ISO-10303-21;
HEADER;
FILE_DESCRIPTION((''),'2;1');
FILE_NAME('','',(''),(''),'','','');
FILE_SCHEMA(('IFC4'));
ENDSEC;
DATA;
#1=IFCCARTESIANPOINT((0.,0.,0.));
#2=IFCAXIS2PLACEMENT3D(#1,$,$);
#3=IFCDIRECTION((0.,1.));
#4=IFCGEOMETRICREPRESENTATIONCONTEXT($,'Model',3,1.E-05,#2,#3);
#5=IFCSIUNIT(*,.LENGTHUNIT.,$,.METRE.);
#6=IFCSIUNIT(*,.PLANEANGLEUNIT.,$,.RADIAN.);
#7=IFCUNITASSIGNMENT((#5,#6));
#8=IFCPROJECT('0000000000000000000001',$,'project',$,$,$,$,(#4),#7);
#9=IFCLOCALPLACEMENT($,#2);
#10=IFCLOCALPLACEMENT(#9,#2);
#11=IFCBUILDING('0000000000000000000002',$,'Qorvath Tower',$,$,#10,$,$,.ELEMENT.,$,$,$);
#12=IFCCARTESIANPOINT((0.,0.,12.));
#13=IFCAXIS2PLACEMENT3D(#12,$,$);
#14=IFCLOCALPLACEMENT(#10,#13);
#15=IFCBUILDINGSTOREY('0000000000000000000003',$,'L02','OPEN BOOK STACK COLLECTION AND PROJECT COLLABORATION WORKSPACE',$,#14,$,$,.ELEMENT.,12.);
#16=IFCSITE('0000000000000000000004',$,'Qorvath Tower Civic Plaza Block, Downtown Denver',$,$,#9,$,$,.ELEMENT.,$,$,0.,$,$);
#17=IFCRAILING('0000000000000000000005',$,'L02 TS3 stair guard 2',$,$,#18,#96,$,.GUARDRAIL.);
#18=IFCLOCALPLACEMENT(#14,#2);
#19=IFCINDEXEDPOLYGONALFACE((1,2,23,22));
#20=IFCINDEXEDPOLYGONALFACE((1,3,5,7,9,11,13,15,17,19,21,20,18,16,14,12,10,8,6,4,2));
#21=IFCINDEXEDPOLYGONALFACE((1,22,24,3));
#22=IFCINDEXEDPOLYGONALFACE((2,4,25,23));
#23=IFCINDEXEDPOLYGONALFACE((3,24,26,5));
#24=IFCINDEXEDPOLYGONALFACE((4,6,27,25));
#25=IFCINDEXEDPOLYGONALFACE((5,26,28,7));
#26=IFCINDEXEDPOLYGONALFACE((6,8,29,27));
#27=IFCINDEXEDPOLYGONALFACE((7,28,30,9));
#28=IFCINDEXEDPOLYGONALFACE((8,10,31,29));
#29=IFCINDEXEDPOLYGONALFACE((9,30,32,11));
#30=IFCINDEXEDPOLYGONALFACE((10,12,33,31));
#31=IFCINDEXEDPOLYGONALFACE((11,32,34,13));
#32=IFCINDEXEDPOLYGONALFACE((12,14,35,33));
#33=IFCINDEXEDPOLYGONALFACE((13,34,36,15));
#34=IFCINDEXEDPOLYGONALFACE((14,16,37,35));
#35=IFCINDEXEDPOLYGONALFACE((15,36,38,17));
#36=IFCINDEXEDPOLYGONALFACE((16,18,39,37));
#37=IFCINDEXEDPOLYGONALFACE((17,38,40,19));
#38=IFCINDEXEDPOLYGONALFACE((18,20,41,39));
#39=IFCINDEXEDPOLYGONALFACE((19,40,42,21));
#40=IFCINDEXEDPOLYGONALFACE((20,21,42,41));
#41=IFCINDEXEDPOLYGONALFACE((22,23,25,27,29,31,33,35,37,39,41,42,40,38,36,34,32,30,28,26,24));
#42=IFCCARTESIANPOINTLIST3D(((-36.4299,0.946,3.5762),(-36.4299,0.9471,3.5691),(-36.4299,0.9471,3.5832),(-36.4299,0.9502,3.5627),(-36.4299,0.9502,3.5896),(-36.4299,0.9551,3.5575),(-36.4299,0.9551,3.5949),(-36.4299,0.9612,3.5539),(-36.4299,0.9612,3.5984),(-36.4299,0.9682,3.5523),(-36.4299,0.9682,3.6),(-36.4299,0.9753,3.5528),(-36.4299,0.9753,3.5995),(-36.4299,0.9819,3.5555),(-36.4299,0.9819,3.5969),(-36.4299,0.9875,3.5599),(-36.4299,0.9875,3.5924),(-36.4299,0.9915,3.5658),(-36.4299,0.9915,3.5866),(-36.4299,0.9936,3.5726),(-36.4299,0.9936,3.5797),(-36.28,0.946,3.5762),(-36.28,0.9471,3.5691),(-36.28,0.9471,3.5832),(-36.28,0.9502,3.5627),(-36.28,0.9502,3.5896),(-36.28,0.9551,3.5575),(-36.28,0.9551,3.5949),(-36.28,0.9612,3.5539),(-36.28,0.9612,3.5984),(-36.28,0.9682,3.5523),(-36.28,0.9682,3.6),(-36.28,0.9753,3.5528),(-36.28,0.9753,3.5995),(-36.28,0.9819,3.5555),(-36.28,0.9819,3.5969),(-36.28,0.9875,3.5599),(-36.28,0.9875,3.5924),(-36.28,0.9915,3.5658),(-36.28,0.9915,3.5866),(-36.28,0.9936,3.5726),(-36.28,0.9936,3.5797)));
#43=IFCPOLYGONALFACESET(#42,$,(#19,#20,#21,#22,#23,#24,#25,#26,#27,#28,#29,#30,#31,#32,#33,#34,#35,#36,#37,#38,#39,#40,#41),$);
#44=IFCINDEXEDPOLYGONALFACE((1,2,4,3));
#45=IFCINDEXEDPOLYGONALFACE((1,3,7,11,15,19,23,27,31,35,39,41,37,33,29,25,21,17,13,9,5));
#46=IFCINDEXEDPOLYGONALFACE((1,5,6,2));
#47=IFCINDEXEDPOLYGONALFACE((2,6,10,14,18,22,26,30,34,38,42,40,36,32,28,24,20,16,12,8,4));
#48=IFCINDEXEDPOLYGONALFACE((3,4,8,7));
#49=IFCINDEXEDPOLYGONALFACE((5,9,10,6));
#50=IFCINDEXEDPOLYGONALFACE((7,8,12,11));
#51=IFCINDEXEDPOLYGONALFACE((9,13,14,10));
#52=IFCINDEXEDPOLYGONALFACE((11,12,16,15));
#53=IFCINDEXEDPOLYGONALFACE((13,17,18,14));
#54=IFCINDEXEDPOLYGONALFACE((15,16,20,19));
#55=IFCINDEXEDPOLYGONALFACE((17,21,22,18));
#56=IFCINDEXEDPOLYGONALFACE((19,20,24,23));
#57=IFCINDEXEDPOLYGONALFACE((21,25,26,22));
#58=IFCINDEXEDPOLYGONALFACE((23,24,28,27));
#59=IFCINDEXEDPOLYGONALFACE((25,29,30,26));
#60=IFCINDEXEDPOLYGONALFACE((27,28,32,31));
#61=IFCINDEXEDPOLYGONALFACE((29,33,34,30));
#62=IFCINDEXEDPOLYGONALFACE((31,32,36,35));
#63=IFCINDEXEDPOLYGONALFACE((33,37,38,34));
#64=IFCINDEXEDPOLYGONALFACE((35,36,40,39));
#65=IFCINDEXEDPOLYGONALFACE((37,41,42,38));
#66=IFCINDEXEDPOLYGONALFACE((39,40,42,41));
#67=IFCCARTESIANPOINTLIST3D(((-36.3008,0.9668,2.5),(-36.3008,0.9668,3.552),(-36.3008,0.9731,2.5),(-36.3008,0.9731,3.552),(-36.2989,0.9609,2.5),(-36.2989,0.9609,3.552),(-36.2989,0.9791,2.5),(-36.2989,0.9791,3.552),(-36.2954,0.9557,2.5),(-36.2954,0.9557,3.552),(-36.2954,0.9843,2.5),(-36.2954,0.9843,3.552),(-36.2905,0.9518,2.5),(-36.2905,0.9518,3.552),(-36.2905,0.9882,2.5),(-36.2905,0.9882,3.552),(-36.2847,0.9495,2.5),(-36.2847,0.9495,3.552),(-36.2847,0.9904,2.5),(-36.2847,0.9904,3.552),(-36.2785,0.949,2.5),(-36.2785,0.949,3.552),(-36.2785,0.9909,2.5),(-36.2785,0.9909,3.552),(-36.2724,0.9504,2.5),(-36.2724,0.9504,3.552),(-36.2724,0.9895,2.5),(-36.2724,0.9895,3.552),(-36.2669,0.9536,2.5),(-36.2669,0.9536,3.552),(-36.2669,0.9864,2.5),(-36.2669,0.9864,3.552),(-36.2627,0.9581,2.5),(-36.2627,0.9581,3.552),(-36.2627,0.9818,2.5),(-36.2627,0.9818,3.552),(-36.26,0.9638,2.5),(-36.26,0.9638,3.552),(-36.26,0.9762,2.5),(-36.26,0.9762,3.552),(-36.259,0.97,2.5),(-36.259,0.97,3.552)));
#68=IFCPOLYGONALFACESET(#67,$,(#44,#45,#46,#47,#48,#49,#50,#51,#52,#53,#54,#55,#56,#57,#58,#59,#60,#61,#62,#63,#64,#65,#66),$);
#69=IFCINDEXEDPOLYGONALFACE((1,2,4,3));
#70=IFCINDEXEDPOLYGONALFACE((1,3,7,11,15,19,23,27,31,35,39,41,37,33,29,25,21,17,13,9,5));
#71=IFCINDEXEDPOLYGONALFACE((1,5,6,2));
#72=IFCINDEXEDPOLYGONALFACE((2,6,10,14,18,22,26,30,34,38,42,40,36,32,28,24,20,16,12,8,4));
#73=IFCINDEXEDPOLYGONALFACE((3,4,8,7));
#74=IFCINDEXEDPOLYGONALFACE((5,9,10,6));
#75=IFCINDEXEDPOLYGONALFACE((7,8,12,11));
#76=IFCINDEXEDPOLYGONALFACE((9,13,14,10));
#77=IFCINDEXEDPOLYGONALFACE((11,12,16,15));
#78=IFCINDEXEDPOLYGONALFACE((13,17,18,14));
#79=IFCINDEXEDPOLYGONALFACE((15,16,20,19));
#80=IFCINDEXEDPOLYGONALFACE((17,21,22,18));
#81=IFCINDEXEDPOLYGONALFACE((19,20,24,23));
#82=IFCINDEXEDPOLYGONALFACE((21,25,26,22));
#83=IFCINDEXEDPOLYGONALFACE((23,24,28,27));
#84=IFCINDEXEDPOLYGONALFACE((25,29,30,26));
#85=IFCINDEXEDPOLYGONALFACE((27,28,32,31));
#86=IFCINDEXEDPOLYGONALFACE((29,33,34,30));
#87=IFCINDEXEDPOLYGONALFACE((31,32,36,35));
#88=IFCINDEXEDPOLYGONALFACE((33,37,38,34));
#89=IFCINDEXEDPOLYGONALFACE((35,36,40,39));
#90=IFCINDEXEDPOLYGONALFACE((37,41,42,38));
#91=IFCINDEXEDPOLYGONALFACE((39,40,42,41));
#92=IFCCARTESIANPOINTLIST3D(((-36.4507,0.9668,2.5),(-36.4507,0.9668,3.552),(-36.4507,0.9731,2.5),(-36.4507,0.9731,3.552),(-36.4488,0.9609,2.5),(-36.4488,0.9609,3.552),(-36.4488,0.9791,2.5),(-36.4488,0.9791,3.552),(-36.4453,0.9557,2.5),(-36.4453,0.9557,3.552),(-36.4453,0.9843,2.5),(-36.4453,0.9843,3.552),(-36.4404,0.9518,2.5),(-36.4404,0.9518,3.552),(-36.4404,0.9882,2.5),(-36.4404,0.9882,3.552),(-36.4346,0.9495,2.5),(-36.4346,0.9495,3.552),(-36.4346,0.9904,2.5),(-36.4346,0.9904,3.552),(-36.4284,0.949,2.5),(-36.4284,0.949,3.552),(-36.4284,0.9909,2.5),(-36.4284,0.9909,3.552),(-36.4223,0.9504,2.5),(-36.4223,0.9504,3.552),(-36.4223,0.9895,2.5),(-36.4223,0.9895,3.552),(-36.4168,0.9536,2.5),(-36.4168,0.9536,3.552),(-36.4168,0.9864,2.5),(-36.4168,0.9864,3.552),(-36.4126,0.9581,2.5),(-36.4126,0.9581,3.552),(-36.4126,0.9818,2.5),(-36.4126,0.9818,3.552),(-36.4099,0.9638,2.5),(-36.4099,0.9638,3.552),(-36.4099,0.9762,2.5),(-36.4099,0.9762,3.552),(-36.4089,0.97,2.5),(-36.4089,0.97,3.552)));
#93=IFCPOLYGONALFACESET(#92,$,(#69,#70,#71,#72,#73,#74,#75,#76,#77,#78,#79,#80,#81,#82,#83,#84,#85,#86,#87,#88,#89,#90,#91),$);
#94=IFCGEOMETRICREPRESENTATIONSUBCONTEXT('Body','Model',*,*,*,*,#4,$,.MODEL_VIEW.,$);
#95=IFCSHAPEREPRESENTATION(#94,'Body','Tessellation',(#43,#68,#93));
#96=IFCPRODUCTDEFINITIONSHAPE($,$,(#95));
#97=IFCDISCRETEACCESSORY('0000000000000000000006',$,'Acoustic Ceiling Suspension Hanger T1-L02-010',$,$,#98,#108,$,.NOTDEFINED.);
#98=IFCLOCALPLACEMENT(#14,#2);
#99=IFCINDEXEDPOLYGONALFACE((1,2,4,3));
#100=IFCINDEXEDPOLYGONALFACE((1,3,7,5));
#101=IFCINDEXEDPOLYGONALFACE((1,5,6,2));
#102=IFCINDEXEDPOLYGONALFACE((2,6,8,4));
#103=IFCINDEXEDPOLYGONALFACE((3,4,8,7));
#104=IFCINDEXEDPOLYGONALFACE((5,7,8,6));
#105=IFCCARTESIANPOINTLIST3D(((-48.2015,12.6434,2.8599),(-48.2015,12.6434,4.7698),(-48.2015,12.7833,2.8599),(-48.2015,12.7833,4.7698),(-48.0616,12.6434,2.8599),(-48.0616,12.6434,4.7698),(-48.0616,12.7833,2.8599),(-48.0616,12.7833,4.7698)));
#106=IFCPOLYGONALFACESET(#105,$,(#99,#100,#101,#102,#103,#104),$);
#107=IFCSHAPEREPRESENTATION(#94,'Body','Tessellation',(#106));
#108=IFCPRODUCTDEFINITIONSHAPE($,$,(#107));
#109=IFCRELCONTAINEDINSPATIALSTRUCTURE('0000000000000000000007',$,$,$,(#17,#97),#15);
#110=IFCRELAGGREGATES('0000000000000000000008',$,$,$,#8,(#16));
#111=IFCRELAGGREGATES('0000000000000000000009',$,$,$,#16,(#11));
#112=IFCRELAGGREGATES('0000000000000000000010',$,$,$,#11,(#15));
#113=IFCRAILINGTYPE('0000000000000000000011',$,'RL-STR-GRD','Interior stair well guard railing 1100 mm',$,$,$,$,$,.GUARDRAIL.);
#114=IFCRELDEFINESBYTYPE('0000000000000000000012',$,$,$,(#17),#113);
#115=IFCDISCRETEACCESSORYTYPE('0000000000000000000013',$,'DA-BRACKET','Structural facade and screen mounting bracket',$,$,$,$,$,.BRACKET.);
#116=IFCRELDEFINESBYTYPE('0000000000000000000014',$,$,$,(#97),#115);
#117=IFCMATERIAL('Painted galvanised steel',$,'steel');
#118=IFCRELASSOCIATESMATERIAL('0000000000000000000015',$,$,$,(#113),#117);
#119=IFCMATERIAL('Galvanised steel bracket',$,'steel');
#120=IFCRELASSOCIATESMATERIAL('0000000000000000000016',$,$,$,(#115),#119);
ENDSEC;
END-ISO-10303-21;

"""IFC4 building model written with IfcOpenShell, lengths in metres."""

from ifc_helpers import new_model, si_unit, direction, frame, origin, origin_2d, place, context, subcontext, project, spatial, rectangle, circle, extrude, material, type_object, element, save


model = new_model("IFC4")

# Units and contexts
model_context = context("Model", 3, precision=1e-05, world=origin(), true_north=direction((0.0, 1.0)))
body_context = subcontext(model_context, "Body", "Model", "MODEL_VIEW")
ifc_project = project(units=[si_unit("LENGTHUNIT", "METRE"), si_unit("PLANEANGLEUNIT", "RADIAN")], contexts=[model_context])

# Site, building, storey
site_placement = place(None, origin())
site = spatial("IfcSite", under=ifc_project, at=site_placement, Name="Qorvath Tower Civic Plaza Block, Downtown Denver", CompositionType="ELEMENT", RefElevation=0.0)
building_placement = place(site_placement, origin())
building = spatial("IfcBuilding", under=site, at=building_placement, Name="Qorvath Tower", CompositionType="ELEMENT")
storey_placement = place(building_placement, frame((0.0, 0.0, 12.0)))
storey = spatial("IfcBuildingStorey", under=building, at=storey_placement, Name="L02", Description="OPEN BOOK STACK COLLECTION AND PROJECT COLLABORATION WORKSPACE", CompositionType="ELEMENT", Elevation=12.0)

# Railing
ifc_material_1 = material(Name="Painted galvanised steel", Category="steel")
railing_type = type_object("IfcRailingType", Name="RL-STR-GRD", Description="Interior stair well guard railing 1100 mm", PredefinedType="GUARDRAIL", material=ifc_material_1)
railing_placement = place(storey_placement, frame((-36.28, 0.97, 2.5)))
element("IfcRailing", 1, at=railing_placement, inside=storey, type_object=railing_type, Name="L02 TS3 stair guard 2", PredefinedType="GUARDRAIL", context=body_context, shape_type="SweptSolid", body=[
    extrude(circle(Radius=0.0239, at=origin_2d()), frame((0.0, 0.0, 1.0762), z_axis=(-1.0, 0.0, 0.0), x_axis=(0.0, -1.0, 0.0)), (0.0, 0.0, 1.0), 0.1499),
    extrude(circle(Radius=0.021, at=origin_2d()), origin(), (0.0, 0.0, 1.0), 1.052),
    extrude(circle(Radius=0.021, at=origin_2d()), frame((-0.1499, 0.0, 0.0)), (0.0, 0.0, 1.0), 1.052),
])

# Discrete accessory
ifc_material_2 = material(Name="Galvanised steel bracket", Category="steel")
discrete_accessory_type = type_object("IfcDiscreteAccessoryType", Name="DA-BRACKET", Description="Structural facade and screen mounting bracket", PredefinedType="BRACKET", material=ifc_material_2)
discrete_accessory_placement = place(storey_placement, frame((-48.1316, 12.7134, 2.8599), z_axis=(0.0, 0.0, 1.0), x_axis=(1.0, 0.0, 0.0)))
element("IfcDiscreteAccessory", 2, at=discrete_accessory_placement, inside=storey, type_object=discrete_accessory_type, Name="Acoustic Ceiling Suspension Hanger T1-L02-010", PredefinedType="NOTDEFINED", context=body_context, shape_type="SweptSolid", body=[
    extrude(rectangle(XDim=0.1399, YDim=0.1399, at=origin_2d()), origin(), (0.0, 0.0, 1.0), 1.9099),
])

save(model, "model.ifc")
